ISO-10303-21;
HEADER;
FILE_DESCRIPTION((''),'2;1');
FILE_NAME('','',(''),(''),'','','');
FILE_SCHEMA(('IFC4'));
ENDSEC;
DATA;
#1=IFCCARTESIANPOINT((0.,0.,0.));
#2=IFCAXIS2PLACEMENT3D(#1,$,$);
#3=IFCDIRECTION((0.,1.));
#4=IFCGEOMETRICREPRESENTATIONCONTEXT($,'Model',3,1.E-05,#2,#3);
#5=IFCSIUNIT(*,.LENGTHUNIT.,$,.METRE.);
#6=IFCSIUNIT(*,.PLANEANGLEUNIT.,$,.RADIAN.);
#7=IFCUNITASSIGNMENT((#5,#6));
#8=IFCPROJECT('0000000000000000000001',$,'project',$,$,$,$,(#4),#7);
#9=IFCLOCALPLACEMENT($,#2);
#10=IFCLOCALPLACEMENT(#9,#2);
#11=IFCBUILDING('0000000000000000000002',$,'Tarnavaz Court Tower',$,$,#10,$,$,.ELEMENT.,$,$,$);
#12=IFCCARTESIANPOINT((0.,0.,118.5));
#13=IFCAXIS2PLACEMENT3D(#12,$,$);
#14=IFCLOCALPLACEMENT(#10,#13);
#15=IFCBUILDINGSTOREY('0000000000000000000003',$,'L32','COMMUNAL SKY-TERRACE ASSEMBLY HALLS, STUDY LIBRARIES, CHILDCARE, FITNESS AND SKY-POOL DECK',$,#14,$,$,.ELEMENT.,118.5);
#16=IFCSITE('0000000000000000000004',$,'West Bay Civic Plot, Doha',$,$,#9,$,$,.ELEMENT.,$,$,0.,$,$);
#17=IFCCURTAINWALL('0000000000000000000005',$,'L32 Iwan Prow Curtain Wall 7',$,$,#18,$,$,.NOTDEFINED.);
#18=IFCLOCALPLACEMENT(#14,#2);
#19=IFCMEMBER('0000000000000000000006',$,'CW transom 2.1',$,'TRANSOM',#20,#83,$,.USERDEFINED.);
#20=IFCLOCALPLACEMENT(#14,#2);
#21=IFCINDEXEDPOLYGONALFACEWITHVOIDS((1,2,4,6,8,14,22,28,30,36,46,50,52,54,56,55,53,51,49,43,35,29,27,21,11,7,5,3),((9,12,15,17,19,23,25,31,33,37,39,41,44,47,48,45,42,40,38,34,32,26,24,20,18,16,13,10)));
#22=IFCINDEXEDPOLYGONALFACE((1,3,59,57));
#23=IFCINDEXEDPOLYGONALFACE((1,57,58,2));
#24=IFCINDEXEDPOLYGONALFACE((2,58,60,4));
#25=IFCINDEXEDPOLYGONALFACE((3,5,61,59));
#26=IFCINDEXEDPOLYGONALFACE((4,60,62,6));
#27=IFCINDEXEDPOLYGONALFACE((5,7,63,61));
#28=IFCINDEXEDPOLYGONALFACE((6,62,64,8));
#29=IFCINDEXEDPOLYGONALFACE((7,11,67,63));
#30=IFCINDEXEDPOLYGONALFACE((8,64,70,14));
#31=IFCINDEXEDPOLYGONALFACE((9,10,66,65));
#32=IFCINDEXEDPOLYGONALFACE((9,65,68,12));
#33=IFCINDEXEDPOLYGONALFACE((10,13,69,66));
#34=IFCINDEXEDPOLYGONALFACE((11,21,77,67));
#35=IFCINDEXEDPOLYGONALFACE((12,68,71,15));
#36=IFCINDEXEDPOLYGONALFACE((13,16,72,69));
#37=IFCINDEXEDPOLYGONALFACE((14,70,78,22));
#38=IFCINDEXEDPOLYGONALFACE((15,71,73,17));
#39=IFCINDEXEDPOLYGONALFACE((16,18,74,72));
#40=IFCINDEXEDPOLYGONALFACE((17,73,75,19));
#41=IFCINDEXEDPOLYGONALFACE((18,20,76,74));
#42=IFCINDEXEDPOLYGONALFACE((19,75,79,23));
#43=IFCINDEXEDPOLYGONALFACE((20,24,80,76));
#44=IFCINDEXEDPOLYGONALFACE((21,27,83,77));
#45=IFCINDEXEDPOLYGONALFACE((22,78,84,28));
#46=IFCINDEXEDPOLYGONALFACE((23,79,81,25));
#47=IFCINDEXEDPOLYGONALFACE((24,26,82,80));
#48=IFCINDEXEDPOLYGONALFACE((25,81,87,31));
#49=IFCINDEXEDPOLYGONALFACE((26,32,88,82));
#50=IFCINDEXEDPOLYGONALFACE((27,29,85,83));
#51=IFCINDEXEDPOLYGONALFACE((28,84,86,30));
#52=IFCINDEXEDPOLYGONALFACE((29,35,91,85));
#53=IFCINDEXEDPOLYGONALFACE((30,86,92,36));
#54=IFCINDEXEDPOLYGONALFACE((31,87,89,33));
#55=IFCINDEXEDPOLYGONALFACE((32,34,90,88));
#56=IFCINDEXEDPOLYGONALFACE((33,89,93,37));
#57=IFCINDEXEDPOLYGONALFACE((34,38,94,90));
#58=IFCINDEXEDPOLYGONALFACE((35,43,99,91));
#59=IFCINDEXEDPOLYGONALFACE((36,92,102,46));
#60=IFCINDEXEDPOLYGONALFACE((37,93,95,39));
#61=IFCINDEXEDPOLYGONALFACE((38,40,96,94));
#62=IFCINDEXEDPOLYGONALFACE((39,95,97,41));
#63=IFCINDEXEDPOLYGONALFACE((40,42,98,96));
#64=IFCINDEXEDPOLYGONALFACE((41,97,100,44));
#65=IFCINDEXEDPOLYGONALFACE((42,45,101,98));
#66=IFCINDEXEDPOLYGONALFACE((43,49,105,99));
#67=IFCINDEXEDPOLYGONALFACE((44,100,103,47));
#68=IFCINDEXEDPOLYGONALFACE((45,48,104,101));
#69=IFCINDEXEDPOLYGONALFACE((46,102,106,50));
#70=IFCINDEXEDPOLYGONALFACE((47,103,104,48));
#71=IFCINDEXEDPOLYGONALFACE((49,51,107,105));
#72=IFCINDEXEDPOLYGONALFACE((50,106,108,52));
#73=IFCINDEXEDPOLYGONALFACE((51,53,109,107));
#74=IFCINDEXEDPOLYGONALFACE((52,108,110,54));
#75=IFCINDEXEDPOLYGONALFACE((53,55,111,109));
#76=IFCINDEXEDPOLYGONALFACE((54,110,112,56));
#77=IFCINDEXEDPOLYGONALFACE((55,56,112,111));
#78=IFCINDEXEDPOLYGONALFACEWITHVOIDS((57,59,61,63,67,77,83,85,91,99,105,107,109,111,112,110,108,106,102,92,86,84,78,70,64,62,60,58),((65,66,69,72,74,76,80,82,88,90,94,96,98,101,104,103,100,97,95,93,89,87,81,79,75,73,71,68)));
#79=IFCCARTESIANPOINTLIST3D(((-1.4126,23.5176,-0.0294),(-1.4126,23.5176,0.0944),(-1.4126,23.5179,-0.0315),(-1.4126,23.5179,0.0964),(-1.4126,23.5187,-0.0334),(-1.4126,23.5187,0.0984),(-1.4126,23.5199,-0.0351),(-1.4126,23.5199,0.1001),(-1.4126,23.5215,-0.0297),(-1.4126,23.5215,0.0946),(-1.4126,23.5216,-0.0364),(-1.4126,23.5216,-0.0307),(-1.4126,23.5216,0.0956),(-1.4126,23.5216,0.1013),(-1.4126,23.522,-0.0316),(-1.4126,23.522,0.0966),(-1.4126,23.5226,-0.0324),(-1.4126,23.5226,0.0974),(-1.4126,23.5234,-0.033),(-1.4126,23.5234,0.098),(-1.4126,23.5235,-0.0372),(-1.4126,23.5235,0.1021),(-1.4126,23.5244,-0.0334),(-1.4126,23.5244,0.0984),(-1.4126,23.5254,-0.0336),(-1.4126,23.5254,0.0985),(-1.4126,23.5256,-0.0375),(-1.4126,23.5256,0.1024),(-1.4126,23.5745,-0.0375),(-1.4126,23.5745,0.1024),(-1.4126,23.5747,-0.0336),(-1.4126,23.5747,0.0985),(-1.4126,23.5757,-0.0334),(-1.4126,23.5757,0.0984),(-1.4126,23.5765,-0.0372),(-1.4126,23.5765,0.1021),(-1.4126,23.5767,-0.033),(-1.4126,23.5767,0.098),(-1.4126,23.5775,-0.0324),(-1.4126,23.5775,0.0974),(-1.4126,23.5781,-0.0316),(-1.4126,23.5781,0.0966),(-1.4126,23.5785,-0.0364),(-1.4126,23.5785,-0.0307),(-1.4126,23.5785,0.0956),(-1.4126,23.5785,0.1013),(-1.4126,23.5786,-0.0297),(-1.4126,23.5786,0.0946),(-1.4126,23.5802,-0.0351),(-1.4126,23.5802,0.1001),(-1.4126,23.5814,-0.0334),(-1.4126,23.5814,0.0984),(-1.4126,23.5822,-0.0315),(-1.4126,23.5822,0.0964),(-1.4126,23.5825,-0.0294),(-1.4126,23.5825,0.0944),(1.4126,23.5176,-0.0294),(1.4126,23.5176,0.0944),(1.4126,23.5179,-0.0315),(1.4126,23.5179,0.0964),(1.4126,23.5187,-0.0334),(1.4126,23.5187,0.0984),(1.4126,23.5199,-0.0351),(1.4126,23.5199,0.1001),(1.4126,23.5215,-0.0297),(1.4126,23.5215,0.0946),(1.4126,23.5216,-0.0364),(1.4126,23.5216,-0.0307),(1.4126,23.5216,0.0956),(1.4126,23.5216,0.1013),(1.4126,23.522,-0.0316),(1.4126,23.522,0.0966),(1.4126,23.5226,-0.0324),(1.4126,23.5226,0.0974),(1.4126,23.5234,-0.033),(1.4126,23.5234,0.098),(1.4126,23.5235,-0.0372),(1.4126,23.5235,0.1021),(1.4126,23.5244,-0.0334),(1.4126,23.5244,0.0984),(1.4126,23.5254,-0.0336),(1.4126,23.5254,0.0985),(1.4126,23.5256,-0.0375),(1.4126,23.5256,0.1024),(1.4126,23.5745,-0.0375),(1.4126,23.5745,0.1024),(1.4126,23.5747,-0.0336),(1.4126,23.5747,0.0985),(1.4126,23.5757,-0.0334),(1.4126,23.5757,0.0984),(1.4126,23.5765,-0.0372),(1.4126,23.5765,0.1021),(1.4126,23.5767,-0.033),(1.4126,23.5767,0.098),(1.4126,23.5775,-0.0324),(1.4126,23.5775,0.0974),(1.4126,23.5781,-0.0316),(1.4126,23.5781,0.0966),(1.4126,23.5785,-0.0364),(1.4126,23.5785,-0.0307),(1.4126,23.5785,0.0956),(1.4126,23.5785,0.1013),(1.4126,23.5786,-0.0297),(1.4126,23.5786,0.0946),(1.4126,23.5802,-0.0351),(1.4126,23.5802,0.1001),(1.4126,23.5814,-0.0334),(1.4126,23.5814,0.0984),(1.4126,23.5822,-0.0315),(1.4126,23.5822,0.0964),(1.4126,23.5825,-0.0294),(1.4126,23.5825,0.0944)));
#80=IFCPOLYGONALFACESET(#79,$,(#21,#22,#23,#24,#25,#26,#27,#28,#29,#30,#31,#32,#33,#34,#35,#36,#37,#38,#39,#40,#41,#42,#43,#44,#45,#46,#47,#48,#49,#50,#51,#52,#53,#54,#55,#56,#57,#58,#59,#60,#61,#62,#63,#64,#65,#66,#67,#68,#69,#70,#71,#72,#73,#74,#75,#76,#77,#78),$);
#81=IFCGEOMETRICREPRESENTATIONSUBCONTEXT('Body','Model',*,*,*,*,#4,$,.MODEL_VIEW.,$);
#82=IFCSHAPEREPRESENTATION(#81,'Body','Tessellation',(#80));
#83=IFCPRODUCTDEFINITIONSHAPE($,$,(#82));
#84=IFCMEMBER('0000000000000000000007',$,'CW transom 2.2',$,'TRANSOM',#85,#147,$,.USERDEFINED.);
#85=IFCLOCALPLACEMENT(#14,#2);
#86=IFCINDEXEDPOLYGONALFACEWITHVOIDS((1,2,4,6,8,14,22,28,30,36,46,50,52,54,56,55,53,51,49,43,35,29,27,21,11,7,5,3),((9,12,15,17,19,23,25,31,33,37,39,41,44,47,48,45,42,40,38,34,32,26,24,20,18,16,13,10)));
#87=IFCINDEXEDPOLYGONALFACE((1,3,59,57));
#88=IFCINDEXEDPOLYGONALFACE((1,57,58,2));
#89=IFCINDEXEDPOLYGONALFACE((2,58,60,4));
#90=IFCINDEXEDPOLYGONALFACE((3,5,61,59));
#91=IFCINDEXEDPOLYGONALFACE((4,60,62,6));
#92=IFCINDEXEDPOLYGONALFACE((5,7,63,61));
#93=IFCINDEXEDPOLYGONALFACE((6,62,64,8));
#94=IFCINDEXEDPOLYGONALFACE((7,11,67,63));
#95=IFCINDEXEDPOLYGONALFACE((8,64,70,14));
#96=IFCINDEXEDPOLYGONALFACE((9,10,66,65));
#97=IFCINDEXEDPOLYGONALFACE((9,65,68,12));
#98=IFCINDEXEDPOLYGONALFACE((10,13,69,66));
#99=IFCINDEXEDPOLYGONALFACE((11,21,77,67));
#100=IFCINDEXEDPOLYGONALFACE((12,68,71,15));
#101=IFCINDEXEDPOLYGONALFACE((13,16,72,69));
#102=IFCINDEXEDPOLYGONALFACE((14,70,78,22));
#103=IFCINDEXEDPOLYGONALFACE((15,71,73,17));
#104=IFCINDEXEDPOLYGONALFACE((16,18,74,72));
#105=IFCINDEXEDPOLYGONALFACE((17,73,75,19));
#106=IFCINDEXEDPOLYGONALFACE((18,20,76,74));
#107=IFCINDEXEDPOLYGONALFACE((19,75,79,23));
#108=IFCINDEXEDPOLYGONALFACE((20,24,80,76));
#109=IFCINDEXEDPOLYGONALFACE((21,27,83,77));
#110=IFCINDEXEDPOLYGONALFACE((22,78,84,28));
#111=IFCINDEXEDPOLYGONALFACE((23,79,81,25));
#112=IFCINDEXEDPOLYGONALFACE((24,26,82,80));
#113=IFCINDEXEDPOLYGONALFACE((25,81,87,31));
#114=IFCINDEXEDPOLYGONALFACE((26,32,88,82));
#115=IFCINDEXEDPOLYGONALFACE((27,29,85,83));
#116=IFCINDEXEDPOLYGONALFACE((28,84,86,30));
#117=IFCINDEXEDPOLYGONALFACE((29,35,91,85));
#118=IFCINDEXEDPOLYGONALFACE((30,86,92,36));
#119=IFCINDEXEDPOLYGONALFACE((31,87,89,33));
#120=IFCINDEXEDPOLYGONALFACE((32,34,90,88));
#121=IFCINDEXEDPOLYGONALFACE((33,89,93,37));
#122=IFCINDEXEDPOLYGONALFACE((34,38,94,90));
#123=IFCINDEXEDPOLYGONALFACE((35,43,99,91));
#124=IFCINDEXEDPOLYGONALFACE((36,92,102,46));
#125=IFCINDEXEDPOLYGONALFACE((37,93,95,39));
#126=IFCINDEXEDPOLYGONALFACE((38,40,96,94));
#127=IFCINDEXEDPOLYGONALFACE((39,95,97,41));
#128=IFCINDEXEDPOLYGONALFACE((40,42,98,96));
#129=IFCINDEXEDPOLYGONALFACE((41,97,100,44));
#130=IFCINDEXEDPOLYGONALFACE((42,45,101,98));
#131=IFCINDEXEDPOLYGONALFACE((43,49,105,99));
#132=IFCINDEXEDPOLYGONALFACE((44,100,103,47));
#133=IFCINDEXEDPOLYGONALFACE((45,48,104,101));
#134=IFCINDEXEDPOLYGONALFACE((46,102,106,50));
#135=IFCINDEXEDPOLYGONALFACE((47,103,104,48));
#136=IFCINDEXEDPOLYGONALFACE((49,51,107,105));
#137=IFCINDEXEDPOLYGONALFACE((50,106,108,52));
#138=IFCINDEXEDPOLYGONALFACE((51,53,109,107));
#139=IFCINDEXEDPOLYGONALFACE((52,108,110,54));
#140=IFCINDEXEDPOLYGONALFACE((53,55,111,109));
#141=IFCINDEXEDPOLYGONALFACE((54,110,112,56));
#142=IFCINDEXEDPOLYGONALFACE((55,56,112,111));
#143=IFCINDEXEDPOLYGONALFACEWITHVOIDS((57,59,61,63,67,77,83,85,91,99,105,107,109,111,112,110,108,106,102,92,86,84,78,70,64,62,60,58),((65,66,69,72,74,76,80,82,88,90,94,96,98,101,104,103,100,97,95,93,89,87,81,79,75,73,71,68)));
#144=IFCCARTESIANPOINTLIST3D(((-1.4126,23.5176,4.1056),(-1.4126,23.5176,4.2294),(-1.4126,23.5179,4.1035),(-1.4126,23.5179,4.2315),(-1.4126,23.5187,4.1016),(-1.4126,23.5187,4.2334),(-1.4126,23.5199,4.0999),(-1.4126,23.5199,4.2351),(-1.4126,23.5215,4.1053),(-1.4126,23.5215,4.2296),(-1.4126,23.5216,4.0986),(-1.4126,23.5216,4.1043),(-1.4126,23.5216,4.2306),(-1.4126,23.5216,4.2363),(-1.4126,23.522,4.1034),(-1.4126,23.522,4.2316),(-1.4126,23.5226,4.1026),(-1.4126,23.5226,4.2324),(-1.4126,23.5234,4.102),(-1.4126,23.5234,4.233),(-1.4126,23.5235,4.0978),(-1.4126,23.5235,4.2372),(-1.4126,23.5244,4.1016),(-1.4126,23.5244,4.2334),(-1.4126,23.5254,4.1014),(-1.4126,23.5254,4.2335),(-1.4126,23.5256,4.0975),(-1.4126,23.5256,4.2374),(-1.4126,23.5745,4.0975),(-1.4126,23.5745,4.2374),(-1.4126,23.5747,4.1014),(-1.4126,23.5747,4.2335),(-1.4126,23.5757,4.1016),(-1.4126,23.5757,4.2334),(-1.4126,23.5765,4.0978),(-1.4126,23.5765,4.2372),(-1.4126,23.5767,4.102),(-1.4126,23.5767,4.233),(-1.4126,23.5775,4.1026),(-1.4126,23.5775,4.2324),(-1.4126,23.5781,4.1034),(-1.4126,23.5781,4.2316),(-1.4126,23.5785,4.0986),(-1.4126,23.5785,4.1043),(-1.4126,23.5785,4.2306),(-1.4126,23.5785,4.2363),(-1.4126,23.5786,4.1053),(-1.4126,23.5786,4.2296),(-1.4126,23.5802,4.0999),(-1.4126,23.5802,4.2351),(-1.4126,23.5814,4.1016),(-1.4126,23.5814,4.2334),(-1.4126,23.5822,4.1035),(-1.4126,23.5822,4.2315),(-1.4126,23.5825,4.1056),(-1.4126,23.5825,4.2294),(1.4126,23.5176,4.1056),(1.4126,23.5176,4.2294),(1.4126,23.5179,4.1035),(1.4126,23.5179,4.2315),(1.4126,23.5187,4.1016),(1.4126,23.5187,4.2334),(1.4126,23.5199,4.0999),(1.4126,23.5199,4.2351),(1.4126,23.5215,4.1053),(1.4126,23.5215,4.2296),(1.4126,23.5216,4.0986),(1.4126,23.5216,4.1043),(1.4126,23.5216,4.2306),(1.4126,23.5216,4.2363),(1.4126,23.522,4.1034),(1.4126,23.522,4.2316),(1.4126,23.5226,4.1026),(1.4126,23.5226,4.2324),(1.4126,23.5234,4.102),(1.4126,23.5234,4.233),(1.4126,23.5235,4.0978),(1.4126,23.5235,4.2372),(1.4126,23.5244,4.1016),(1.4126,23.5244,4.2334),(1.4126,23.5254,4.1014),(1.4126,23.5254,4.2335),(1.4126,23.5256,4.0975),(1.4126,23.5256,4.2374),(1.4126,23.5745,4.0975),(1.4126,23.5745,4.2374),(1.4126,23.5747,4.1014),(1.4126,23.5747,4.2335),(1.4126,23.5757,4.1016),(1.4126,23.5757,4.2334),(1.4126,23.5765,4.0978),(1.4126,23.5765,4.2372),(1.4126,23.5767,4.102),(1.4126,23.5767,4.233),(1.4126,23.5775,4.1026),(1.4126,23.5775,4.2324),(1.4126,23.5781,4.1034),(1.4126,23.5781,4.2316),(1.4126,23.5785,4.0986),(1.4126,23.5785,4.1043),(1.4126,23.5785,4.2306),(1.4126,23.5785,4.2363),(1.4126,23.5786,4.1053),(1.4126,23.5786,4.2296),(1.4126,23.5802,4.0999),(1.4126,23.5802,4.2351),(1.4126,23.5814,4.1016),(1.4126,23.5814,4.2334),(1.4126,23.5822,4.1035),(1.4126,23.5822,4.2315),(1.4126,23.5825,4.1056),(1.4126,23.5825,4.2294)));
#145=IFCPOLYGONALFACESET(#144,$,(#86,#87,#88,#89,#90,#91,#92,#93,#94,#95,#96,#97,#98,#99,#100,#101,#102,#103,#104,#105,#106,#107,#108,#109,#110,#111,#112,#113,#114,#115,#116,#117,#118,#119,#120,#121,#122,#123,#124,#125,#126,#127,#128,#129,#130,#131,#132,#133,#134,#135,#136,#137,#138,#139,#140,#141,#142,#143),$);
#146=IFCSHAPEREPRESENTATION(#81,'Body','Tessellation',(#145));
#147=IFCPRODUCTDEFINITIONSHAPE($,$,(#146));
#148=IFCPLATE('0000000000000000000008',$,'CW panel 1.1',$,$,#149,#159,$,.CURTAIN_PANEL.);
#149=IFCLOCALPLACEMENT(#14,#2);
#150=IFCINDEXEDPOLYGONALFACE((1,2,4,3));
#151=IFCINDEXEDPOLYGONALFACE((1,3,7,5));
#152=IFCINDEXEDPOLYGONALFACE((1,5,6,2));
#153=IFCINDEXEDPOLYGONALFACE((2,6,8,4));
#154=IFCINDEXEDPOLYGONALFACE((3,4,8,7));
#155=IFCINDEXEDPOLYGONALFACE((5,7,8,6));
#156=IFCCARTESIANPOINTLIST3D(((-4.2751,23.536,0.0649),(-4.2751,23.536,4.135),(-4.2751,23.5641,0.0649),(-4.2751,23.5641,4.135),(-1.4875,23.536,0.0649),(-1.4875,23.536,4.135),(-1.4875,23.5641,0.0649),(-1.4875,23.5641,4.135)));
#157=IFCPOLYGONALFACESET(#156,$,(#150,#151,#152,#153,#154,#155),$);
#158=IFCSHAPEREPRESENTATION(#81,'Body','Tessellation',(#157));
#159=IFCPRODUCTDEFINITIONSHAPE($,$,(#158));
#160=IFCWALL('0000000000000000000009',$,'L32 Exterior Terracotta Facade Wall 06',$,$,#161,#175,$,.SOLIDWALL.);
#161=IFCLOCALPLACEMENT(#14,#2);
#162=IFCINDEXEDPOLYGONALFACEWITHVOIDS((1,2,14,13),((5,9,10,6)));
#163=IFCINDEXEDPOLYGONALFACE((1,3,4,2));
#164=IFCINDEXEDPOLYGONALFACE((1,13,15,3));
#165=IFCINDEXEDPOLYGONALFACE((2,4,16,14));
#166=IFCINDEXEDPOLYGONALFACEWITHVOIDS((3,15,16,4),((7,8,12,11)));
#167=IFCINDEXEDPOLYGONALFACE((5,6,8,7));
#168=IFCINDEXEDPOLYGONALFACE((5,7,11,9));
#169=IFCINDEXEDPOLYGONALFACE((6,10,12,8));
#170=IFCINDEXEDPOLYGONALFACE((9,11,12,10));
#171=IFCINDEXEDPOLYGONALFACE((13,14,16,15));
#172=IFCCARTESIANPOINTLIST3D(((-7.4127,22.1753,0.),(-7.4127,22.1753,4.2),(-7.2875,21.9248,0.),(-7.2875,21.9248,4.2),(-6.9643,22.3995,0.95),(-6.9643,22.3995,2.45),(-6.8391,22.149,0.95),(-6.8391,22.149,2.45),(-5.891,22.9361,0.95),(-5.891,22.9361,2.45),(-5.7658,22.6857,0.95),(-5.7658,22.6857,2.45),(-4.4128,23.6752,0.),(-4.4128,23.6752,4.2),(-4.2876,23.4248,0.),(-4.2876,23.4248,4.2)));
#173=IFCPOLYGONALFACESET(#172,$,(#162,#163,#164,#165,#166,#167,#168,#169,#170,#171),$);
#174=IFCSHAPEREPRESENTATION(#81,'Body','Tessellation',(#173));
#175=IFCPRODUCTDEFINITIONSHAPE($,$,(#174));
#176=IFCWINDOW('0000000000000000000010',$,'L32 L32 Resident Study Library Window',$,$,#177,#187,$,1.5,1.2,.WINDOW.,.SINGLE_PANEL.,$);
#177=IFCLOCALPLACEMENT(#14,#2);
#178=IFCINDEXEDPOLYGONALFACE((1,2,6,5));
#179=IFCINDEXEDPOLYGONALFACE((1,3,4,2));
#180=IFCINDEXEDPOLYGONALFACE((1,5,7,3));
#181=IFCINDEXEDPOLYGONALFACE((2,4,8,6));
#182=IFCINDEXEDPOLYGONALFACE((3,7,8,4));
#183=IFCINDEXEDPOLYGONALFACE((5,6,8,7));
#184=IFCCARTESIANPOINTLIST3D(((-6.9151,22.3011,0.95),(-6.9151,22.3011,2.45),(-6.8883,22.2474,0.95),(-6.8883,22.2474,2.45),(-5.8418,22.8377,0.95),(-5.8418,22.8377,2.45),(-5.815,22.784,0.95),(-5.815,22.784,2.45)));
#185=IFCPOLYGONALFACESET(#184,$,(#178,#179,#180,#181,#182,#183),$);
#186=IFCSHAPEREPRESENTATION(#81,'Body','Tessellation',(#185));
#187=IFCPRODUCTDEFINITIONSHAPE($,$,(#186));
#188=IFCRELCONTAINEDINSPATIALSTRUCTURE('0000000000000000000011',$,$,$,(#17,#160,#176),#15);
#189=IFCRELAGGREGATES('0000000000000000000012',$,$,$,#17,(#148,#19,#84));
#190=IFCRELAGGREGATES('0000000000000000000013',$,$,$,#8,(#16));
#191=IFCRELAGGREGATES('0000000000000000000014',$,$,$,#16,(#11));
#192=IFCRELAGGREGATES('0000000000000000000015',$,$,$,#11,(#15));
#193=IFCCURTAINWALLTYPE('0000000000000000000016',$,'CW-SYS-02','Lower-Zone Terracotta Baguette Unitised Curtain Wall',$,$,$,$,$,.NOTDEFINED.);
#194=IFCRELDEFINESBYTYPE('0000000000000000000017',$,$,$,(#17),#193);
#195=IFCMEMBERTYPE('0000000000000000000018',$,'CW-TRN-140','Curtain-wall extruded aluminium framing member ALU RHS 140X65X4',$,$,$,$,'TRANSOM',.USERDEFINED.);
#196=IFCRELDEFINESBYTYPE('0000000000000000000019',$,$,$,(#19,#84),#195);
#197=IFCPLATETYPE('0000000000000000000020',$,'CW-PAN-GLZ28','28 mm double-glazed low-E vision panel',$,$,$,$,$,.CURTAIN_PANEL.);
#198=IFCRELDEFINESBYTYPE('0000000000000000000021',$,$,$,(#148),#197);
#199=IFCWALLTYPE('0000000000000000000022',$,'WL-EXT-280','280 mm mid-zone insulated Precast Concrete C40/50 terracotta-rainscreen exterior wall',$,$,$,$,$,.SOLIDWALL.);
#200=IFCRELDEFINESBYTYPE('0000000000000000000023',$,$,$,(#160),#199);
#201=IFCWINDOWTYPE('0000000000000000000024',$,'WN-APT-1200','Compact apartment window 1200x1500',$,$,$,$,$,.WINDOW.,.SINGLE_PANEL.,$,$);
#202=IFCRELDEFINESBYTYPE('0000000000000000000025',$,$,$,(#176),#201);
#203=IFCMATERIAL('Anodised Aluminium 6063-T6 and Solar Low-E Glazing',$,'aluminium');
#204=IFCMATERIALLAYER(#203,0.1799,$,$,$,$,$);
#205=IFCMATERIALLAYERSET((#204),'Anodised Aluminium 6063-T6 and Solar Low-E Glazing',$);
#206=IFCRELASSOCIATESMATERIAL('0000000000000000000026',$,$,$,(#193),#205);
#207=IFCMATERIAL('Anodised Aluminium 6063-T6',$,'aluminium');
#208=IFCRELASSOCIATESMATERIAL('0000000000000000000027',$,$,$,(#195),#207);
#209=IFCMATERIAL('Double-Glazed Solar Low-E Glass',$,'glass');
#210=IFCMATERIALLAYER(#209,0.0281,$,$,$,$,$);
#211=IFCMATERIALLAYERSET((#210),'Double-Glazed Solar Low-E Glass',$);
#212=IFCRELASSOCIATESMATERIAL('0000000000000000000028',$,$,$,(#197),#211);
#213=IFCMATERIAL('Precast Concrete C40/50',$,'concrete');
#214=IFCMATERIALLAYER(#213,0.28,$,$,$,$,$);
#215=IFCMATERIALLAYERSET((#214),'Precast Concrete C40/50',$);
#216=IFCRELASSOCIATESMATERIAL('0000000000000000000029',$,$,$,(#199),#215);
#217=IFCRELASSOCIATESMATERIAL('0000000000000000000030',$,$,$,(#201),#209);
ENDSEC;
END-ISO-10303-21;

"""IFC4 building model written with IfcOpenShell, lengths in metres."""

from ifc_helpers import new_model, si_unit, direction, frame, frame_2d, origin, origin_2d, place, context, subcontext, project, spatial, rectangle, hollow_rectangle, extrude, material, layer, layer_set, material_profile, profile_set, type_object, element, fill, aggregate, save


model = new_model("IFC4")

# Units and contexts
model_context = context("Model", 3, precision=1e-05, world=origin(), true_north=direction((0.0, 1.0)))
body_context = subcontext(model_context, "Body", "Model", "MODEL_VIEW")
ifc_project = project(units=[si_unit("LENGTHUNIT", "METRE"), si_unit("PLANEANGLEUNIT", "RADIAN")], contexts=[model_context])

# Site, building, storey
site_placement = place(None, origin())
site = spatial("IfcSite", under=ifc_project, at=site_placement, Name="West Bay Civic Plot, Doha", CompositionType="ELEMENT", RefElevation=0.0)
building_placement = place(site_placement, origin())
building = spatial("IfcBuilding", under=site, at=building_placement, Name="Tarnavaz Court Tower", CompositionType="ELEMENT")
storey_placement = place(building_placement, frame((0.0, 0.0, 118.5)))
storey = spatial("IfcBuildingStorey", under=building, at=storey_placement, Name="L32", Description="COMMUNAL SKY-TERRACE ASSEMBLY HALLS, STUDY LIBRARIES, CHILDCARE, FITNESS AND SKY-POOL DECK", CompositionType="ELEMENT", Elevation=118.5)

# Curtain wall, members, plate
ifc_material_1 = material(Name="Anodised Aluminium 6063-T6 and Solar Low-E Glazing", Category="aluminium")
ifc_layer_1 = layer(ifc_material_1, 0.1799)
ifc_layer_set_1 = layer_set([ifc_layer_1], Name="Anodised Aluminium 6063-T6 and Solar Low-E Glazing")
curtain_wall_type = type_object("IfcCurtainWallType", Name="CW-SYS-02", Description="Lower-Zone Terracotta Baguette Unitised Curtain Wall", PredefinedType="NOTDEFINED", material=ifc_layer_set_1)
curtain_wall_placement = place(storey_placement, origin())
curtain_wall = element("IfcCurtainWall", 1, at=curtain_wall_placement, inside=storey, type_object=curtain_wall_type, Name="L32 Iwan Prow Curtain Wall 7", PredefinedType="NOTDEFINED")
ifc_material_2 = material(Name="Anodised Aluminium 6063-T6", Category="aluminium")
ifc_material_profile_1 = material_profile(ifc_material_2, hollow_rectangle(XDim=0.0649, YDim=0.1399, WallThickness=0.0039, InnerFilletRadius=0.0039, OuterFilletRadius=0.0081, at=origin_2d()), Name="ALU RHS 140X65X4")
ifc_profile_set_1 = profile_set([ifc_material_profile_1], Name="Anodised Aluminium 6063-T6")
member_type_1 = type_object("IfcMemberType", Name="CW-TRN-140", Description="Curtain-wall extruded aluminium framing member ALU RHS 140X65X4", ElementType="TRANSOM", PredefinedType="USERDEFINED", material=ifc_profile_set_1)
member_1_placement = place(storey_placement, frame((-1.4126, 23.55, 0.0325), z_axis=(1.0, 0.0, 0.0), x_axis=(0.0, 1.0, 0.0)))
member_1 = element("IfcMember", 2, at=member_1_placement, type_object=member_type_1, Name="CW transom 2.1", ObjectType="TRANSOM", PredefinedType="USERDEFINED", context=body_context, shape_type="SweptSolid", body=[
    extrude(hollow_rectangle(XDim=0.0649, YDim=0.1399, WallThickness=0.0039, InnerFilletRadius=0.0039, OuterFilletRadius=0.0081, at=origin_2d()), origin(), (0.0, 0.0, 1.0), 2.8252),
])
member_2_placement = place(storey_placement, frame((-1.4126, 23.55, 4.1675), z_axis=(1.0, 0.0, 0.0), x_axis=(0.0, 1.0, 0.0)))
member_2 = element("IfcMember", 3, at=member_2_placement, type_object=member_type_1, Name="CW transom 2.2", ObjectType="TRANSOM", PredefinedType="USERDEFINED", context=body_context, shape_type="SweptSolid", body=[
    extrude(hollow_rectangle(XDim=0.0649, YDim=0.1399, WallThickness=0.0039, InnerFilletRadius=0.0039, OuterFilletRadius=0.0081, at=origin_2d()), origin(), (0.0, 0.0, 1.0), 2.8252),
])
ifc_material_3 = material(Name="Double-Glazed Solar Low-E Glass", Category="glass")
ifc_layer_2 = layer(ifc_material_3, 0.0281)
ifc_layer_set_2 = layer_set([ifc_layer_2], Name="Double-Glazed Solar Low-E Glass")
plate_type = type_object("IfcPlateType", Name="CW-PAN-GLZ28", Description="28 mm double-glazed low-E vision panel", PredefinedType="CURTAIN_PANEL", material=ifc_layer_set_2)
plate_placement = place(storey_placement, frame((-2.8813, 23.55, 0.0649), z_axis=(0.0, 0.0, 1.0), x_axis=(1.0, 0.0, 0.0)))
plate = element("IfcPlate", 4, at=plate_placement, type_object=plate_type, Name="CW panel 1.1", PredefinedType="CURTAIN_PANEL", context=body_context, shape_type="SweptSolid", body=[
    extrude(rectangle(XDim=2.7876, YDim=0.0281, at=origin_2d()), origin(), (0.0, 0.0, 1.0), 4.0701),
])
aggregate(curtain_wall, [plate, member_1, member_2])

# Wall, opening, window
ifc_material_4 = material(Name="Precast Concrete C40/50", Category="concrete")
ifc_layer_3 = layer(ifc_material_4, 0.28)
ifc_layer_set_3 = layer_set([ifc_layer_3], Name="Precast Concrete C40/50")
wall_type_1 = type_object("IfcWallType", Name="WL-EXT-280", Description="280 mm mid-zone insulated Precast Concrete C40/50 terracotta-rainscreen exterior wall", PredefinedType="SOLIDWALL", material=ifc_layer_set_3)
wall_1_placement = place(storey_placement, frame((-7.3501, 22.05, 0.0), z_axis=(0.0, 0.0, 1.0), x_axis=(0.894427, 0.447214, 0.0)))
wall_1 = element("IfcWall", 5, at=wall_1_placement, inside=storey, type_object=wall_type_1, Name="L32 Exterior Terracotta Facade Wall 06", PredefinedType="SOLIDWALL", context=body_context, shape_type="SweptSolid", body=[
    extrude(rectangle(XDim=3.354, YDim=0.28, at=frame_2d((1.677, 0.0))), origin(), (0.0, 0.0, 1.0), 4.2),
])
opening_placement = place(wall_1_placement, frame((0.5012, 0.0, 0.95)))
opening = element("IfcOpeningElement", 6, at=opening_placement, cuts=wall_1, PredefinedType="OPENING", context=body_context, shape_type="SweptSolid", body=[
    extrude(rectangle(XDim=1.2, YDim=1.5, at=frame_2d((0.6001, 0.75))), frame((0.0, 0.1499, 0.0), z_axis=(0.0, -1.0, 0.0), x_axis=(1.0, 0.0, 0.0)), (0.0, 0.0, 1.0), 0.3),
])
window_type = type_object("IfcWindowType", Name="WN-APT-1200", Description="Compact apartment window 1200x1500", PartitioningType="SINGLE_PANEL", PredefinedType="WINDOW", material=ifc_material_3)
window_placement = place(opening_placement, origin())
window = element("IfcWindow", 7, at=window_placement, inside=storey, type_object=window_type, Name="L32 L32 Resident Study Library Window", OverallHeight=1.5, OverallWidth=1.2, PartitioningType="SINGLE_PANEL", PredefinedType="WINDOW", context=body_context, shape_type="SweptSolid", body=[
    extrude(rectangle(XDim=1.2, YDim=1.5, at=frame_2d((0.6001, 0.75))), frame((0.0, 0.03, 0.0), z_axis=(0.0, -1.0, 0.0), x_axis=(1.0, 0.0, 0.0)), (0.0, 0.0, 1.0), 0.0601),
])
fill(opening, window)

save(model, "model.ifc")
